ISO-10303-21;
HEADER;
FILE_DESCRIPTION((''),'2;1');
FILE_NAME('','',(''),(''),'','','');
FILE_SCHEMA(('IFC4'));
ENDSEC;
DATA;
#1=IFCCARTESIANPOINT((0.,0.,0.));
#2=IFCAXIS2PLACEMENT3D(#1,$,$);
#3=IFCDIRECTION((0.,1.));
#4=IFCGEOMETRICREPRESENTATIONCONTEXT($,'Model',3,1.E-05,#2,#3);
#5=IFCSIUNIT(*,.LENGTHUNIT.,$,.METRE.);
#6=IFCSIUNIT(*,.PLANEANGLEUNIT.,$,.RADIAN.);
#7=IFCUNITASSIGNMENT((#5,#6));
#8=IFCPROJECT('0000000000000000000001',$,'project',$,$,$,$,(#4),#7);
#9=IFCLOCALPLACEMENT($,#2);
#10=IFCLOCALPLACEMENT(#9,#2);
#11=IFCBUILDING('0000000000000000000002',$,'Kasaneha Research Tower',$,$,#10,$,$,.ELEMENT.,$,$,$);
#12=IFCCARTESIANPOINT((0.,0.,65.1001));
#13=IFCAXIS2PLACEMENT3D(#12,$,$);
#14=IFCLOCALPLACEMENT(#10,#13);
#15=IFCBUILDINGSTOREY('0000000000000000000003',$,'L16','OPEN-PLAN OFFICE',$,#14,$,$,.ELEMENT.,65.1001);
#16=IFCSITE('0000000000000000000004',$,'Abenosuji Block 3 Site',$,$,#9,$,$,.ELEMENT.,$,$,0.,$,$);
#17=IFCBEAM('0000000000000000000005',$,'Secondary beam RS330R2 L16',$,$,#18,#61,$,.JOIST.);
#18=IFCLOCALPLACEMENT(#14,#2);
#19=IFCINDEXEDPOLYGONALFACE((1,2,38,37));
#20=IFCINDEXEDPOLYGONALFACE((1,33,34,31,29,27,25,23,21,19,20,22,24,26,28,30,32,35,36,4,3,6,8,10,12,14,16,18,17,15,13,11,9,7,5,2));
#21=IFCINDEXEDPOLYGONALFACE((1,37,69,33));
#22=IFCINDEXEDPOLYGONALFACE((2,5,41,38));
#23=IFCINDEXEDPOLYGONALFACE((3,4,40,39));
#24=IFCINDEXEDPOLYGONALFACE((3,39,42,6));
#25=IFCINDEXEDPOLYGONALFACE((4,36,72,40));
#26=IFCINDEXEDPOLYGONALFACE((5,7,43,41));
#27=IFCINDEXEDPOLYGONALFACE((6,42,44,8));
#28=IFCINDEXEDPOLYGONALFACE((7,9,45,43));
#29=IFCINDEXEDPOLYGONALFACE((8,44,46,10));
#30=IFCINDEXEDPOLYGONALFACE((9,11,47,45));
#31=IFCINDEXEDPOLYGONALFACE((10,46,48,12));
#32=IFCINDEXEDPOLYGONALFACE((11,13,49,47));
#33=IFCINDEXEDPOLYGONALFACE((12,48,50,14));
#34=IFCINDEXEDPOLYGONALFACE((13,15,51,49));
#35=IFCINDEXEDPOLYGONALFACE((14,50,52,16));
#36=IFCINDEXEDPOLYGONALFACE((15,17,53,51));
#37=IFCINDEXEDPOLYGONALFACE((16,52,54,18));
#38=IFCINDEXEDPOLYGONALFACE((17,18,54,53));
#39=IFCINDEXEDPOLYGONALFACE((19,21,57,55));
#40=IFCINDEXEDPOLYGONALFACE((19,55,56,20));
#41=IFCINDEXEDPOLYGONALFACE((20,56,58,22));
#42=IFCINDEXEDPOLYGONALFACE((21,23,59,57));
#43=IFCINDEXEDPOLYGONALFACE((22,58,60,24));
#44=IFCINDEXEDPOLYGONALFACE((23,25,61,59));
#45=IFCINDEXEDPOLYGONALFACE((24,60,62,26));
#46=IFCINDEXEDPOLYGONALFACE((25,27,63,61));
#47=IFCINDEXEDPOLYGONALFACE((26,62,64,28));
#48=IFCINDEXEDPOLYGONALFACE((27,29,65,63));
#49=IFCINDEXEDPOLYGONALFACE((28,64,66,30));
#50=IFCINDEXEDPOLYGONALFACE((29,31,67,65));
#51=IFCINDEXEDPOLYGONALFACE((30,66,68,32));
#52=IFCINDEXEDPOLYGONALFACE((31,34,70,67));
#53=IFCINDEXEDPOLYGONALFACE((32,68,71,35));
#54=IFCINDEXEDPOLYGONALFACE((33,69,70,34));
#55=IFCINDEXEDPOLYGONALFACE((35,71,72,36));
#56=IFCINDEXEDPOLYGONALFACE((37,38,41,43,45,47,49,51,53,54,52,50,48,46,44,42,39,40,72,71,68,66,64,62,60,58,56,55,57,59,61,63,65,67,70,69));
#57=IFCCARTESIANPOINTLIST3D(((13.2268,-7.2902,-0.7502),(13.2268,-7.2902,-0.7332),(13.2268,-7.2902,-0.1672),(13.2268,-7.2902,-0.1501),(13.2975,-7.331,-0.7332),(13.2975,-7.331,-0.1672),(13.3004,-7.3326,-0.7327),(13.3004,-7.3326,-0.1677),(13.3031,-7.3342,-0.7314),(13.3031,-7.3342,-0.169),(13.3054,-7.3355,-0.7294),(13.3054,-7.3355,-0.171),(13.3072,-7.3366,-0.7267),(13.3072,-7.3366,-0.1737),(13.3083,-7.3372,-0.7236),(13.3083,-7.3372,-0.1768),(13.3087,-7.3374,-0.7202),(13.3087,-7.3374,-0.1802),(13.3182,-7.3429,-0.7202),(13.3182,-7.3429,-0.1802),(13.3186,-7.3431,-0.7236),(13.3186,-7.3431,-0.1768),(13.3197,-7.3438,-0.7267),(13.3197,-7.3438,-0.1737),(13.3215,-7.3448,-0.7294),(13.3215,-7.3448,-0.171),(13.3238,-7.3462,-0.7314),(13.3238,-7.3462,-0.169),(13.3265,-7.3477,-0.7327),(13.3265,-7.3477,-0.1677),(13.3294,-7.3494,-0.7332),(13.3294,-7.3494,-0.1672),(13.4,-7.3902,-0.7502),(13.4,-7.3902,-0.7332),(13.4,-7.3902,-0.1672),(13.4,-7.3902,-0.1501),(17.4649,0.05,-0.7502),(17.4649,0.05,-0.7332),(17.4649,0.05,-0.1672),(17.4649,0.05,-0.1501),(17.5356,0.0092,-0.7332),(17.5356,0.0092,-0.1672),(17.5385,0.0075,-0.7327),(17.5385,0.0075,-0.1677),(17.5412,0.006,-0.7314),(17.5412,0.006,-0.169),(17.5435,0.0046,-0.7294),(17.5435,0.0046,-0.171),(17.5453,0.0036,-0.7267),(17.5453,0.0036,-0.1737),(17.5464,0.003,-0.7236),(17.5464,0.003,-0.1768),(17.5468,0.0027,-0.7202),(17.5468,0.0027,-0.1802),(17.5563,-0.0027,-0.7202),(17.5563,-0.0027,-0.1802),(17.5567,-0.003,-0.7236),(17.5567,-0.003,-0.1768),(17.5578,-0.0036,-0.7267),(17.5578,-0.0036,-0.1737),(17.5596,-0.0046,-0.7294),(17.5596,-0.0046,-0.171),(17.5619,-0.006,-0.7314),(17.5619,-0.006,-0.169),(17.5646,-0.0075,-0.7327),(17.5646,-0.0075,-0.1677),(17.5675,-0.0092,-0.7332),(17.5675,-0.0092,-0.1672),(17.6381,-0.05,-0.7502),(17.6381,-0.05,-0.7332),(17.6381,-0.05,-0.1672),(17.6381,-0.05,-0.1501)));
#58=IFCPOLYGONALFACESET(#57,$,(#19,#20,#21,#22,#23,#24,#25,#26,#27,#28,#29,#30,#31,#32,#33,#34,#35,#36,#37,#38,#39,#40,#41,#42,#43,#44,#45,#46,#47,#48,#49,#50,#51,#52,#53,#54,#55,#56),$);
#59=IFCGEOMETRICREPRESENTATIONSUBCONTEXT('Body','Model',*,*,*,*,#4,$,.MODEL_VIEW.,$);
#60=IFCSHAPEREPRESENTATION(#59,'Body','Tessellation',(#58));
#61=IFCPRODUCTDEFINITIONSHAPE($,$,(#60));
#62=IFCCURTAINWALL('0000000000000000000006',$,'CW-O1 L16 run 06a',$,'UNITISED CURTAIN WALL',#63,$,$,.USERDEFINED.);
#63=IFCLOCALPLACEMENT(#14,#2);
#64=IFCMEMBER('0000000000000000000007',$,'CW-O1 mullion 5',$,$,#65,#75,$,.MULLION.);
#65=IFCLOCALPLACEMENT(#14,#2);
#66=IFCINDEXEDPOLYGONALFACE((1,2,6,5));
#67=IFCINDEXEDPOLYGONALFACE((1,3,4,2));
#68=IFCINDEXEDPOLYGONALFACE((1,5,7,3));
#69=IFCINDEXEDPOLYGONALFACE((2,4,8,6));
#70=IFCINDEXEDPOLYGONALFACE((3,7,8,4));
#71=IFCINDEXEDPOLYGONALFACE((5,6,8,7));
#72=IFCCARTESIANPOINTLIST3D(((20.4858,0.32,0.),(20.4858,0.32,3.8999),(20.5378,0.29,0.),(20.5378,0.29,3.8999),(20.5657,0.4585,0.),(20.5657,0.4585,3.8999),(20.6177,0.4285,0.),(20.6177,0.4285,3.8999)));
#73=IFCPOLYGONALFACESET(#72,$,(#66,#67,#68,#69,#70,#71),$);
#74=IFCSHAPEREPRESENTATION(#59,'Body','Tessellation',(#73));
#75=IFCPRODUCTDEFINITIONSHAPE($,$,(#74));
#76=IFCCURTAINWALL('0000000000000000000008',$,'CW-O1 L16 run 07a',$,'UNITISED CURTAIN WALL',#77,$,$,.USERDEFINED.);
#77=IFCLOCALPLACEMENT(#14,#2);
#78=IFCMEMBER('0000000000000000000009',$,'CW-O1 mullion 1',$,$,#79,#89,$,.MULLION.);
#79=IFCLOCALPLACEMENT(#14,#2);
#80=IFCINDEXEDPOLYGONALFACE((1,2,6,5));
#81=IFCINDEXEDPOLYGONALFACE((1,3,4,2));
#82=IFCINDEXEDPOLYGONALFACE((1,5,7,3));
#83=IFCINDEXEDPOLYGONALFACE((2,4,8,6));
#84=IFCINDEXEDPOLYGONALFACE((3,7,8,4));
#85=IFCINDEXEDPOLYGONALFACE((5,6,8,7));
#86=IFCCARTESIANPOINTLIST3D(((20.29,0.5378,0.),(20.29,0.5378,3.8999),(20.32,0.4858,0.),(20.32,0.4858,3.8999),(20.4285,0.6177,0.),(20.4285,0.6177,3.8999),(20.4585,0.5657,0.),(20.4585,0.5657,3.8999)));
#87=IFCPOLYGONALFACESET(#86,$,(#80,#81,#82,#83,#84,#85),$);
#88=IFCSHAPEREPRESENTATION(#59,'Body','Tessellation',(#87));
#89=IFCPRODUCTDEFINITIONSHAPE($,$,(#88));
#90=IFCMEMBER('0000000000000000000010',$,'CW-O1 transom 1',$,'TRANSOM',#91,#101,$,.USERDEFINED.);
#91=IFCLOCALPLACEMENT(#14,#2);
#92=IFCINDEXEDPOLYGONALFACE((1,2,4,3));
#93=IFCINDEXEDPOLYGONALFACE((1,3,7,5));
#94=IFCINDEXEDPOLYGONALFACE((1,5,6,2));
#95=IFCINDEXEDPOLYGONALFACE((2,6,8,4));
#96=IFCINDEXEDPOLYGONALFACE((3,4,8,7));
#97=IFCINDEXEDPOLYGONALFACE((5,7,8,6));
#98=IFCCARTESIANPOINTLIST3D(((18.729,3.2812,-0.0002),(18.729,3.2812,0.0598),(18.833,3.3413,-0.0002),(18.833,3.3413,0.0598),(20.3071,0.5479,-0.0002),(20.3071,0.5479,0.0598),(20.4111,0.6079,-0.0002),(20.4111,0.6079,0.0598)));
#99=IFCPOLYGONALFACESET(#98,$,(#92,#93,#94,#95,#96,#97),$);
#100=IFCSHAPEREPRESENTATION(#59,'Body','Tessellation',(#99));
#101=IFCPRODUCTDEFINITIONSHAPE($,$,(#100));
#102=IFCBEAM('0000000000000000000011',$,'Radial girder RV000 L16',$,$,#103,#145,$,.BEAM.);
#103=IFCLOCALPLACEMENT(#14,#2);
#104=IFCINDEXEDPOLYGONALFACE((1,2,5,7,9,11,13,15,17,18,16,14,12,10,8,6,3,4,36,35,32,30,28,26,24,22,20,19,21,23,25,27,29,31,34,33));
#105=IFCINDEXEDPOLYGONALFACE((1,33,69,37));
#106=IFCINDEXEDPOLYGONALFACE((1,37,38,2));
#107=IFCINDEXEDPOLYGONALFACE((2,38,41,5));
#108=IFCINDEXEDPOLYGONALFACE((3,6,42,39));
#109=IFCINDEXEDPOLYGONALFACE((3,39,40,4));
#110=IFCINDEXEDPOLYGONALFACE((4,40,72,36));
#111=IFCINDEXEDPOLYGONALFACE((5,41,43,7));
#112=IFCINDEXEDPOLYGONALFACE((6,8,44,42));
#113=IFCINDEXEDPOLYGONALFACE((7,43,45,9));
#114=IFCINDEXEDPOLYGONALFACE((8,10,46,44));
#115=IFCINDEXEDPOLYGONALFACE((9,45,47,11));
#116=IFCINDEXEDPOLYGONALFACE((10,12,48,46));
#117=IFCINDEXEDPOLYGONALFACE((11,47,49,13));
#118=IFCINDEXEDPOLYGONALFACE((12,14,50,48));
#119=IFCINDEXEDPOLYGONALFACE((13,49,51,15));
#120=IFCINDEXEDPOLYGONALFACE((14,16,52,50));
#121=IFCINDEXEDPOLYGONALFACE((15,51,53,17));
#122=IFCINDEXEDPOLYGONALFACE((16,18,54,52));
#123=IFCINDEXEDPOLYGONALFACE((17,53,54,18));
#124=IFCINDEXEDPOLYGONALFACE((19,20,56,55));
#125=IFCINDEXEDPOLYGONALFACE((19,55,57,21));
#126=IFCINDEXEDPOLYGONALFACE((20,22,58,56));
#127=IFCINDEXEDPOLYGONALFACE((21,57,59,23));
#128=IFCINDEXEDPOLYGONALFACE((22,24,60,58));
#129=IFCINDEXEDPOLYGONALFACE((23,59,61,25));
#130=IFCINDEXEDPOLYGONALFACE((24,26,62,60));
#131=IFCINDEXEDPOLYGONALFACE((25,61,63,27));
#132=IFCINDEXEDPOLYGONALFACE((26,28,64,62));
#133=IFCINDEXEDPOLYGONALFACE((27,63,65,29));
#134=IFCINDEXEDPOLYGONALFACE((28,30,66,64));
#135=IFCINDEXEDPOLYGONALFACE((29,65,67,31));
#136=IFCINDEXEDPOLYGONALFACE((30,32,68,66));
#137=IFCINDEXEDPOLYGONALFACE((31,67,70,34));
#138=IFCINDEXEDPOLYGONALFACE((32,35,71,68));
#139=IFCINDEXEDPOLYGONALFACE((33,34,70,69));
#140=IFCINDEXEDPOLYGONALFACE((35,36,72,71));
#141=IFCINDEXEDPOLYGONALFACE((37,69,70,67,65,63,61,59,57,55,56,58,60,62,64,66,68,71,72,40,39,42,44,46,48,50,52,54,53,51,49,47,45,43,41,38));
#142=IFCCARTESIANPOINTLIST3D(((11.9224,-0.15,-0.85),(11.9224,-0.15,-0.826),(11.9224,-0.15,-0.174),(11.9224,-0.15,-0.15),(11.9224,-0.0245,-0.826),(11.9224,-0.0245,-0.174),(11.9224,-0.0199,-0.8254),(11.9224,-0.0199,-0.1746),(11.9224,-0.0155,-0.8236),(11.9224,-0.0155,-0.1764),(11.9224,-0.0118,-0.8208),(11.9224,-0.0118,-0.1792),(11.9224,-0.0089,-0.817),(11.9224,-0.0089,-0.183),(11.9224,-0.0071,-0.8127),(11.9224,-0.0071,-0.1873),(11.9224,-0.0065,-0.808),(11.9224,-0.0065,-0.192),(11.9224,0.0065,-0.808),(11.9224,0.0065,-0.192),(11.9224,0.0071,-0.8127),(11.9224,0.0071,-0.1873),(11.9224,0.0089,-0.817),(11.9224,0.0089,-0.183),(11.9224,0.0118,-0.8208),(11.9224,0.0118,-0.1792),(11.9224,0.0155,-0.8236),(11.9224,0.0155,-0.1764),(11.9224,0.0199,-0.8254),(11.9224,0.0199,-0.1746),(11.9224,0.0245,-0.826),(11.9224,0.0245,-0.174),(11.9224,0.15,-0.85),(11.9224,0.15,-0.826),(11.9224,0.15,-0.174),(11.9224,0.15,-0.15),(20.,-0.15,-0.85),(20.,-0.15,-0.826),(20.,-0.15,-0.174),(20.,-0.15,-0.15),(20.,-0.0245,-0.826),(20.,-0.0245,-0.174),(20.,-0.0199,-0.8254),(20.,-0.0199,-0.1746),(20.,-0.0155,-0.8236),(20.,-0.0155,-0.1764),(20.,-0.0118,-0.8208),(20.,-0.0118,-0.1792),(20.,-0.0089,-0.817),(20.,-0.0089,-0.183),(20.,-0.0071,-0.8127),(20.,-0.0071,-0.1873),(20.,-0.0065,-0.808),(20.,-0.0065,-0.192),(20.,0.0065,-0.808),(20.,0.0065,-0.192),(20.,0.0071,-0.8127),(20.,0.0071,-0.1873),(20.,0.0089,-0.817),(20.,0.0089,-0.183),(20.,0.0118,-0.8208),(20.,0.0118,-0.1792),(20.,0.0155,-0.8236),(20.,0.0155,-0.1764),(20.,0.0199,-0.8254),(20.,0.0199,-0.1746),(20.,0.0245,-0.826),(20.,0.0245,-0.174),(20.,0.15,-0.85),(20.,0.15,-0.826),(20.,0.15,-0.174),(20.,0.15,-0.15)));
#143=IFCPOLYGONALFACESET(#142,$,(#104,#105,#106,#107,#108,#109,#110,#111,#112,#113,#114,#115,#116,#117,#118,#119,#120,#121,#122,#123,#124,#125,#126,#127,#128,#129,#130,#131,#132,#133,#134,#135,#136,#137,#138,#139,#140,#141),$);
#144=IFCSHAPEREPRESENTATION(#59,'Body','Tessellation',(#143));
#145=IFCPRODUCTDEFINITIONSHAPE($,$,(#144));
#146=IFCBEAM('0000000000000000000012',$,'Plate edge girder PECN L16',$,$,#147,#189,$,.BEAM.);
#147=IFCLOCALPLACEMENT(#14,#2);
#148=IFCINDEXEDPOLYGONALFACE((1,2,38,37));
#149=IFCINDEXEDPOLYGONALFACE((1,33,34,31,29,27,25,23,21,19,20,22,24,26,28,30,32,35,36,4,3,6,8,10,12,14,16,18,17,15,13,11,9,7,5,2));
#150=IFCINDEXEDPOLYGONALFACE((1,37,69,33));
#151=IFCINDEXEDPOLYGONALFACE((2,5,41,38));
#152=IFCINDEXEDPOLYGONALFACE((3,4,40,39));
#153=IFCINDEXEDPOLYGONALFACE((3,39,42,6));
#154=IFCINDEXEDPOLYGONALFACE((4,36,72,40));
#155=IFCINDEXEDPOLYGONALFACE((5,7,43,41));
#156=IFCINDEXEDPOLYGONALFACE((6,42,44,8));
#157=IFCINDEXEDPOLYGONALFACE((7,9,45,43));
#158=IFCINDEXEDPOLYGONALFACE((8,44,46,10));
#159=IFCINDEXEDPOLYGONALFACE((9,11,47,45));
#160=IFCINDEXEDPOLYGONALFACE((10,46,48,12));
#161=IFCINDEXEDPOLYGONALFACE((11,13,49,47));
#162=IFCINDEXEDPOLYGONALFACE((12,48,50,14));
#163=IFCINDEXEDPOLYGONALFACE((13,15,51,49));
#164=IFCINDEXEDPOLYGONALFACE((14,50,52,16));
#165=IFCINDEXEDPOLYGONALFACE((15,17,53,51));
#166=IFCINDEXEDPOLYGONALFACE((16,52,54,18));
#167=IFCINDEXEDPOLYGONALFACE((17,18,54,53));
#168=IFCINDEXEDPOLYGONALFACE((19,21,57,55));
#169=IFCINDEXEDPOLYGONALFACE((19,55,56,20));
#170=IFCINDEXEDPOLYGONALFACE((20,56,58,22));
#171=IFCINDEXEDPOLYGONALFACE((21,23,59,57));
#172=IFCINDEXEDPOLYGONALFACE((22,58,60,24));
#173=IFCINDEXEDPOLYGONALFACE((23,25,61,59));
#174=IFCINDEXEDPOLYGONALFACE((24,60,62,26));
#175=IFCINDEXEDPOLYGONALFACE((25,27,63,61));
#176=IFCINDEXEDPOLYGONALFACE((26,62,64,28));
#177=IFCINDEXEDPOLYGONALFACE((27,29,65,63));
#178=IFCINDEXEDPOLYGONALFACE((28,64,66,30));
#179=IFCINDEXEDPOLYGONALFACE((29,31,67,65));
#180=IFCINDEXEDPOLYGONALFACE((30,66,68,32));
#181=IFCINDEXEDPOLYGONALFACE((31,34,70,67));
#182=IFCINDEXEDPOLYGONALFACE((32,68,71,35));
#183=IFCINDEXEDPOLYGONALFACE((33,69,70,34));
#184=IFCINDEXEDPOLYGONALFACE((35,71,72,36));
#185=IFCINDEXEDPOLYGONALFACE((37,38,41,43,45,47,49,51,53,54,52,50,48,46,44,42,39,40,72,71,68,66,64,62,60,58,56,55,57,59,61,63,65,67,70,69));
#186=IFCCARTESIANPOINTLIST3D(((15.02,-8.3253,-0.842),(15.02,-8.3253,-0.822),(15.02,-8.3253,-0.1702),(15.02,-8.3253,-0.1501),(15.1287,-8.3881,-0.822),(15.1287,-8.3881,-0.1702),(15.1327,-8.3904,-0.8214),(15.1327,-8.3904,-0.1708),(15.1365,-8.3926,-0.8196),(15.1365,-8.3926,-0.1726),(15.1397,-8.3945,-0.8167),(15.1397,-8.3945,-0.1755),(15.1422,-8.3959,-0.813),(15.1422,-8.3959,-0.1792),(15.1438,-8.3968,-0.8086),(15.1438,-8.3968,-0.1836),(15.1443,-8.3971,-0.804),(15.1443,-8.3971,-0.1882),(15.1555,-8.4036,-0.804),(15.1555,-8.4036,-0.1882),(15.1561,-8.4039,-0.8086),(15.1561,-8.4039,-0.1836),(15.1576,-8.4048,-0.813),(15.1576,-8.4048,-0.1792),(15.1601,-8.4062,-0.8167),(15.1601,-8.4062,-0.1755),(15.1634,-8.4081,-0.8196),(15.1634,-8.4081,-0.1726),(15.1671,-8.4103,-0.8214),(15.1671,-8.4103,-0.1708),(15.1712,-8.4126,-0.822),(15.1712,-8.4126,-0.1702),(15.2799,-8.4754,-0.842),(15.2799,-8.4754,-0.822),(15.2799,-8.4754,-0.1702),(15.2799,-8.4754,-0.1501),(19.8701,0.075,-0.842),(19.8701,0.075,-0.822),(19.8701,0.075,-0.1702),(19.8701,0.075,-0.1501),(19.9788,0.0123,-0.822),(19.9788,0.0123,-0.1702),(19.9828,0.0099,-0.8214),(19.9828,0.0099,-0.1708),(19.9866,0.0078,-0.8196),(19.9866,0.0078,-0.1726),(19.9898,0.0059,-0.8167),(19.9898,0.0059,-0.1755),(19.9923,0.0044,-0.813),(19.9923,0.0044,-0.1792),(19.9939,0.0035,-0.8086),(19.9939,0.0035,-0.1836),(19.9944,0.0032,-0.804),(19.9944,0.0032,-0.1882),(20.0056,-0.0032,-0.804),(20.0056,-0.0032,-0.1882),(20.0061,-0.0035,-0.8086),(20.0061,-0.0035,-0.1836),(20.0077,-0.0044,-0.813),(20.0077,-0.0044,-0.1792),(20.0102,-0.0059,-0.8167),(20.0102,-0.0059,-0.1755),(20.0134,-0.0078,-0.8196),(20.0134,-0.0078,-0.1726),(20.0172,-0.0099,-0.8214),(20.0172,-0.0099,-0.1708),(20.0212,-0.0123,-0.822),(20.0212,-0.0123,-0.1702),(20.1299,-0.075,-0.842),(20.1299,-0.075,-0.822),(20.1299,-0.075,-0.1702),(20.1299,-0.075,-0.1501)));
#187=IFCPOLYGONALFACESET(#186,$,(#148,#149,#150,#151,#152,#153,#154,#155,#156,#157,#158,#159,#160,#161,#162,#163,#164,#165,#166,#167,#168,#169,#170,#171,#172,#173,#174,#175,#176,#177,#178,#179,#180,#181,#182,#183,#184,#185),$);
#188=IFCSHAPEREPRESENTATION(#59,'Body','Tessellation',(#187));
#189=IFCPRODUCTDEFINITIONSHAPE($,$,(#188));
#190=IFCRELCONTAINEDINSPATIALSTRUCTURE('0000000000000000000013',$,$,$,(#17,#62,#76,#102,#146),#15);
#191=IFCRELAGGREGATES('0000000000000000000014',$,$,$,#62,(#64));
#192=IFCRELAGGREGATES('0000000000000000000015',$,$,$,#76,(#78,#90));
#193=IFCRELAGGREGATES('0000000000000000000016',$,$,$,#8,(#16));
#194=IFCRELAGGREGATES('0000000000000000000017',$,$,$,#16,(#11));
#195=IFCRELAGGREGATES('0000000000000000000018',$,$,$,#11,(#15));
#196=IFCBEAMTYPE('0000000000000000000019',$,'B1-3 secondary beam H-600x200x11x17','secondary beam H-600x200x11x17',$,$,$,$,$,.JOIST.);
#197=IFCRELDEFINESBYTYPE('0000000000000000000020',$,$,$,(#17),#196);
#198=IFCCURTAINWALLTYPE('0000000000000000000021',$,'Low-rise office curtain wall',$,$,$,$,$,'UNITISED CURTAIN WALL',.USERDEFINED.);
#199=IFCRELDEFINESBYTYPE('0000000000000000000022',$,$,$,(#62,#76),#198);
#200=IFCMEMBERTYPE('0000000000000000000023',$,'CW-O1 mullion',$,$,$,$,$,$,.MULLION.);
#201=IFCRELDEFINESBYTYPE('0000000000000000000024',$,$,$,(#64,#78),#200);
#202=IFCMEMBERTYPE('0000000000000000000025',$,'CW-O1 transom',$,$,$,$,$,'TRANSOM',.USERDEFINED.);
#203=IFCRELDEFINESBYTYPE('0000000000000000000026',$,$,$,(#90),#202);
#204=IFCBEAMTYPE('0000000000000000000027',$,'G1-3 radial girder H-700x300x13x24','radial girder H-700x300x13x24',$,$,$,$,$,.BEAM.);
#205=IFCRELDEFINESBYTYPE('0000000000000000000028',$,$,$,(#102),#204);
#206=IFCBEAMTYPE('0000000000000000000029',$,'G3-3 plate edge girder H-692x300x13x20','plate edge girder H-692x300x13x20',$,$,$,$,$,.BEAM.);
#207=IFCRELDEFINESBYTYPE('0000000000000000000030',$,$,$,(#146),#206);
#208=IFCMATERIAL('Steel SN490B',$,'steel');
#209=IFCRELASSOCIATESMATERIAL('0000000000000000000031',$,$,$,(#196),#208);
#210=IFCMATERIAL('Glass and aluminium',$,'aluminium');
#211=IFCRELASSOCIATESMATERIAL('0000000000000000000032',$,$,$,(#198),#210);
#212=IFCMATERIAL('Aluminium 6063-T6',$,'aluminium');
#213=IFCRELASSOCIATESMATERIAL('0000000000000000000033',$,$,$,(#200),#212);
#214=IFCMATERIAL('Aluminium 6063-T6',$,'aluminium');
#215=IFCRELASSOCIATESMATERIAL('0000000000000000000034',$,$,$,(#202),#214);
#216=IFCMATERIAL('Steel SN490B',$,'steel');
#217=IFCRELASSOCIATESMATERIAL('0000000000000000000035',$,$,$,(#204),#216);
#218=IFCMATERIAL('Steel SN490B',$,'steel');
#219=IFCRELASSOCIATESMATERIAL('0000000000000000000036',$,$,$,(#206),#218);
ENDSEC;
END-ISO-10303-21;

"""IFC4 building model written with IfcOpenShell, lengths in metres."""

from ifc_helpers import new_model, si_unit, direction, frame, origin, origin_2d, place, context, subcontext, project, spatial, rectangle, i_section, extrude, material, material_profile, profile_set, type_object, element, aggregate, save


model = new_model("IFC4")

# Units and contexts
model_context = context("Model", 3, precision=1e-05, world=origin(), true_north=direction((0.0, 1.0)))
body_context = subcontext(model_context, "Body", "Model", "MODEL_VIEW")
ifc_project = project(units=[si_unit("LENGTHUNIT", "METRE"), si_unit("PLANEANGLEUNIT", "RADIAN")], contexts=[model_context])

# Site, building, storey
site_placement = place(None, origin())
site = spatial("IfcSite", under=ifc_project, at=site_placement, Name="Abenosuji Block 3 Site", CompositionType="ELEMENT", RefElevation=0.0)
building_placement = place(site_placement, origin())
building = spatial("IfcBuilding", under=site, at=building_placement, Name="Kasaneha Research Tower", CompositionType="ELEMENT")
storey_placement = place(building_placement, frame((0.0, 0.0, 65.1001)))
storey = spatial("IfcBuildingStorey", under=building, at=storey_placement, Name="L16", Description="OPEN-PLAN OFFICE", CompositionType="ELEMENT", Elevation=65.1001)

# Beam
ifc_material_1 = material(Name="Steel SN490B", Category="steel")
ifc_material_profile_1 = material_profile(ifc_material_1, i_section(OverallWidth=0.2, OverallDepth=0.6001, WebThickness=0.011, FlangeThickness=0.0171, FilletRadius=0.0129, at=origin_2d()), Name="H-600x200x11x17")
ifc_profile_set_1 = profile_set([ifc_material_profile_1], Name="Steel SN490B")
beam_type_1 = type_object("IfcBeamType", Name="B1-3 secondary beam H-600x200x11x17", Description="secondary beam H-600x200x11x17", PredefinedType="JOIST", material=ifc_profile_set_1)
beam_1_placement = place(storey_placement, frame((17.5515, 0.0, -0.4502), z_axis=(-0.500021, -0.866013, 0.0), x_axis=(0.866013, -0.500021, 0.0)))
element("IfcBeam", 1, at=beam_1_placement, inside=storey, type_object=beam_type_1, Name="Secondary beam RS330R2 L16", PredefinedType="JOIST", context=body_context, shape_type="SweptSolid", body=[
    extrude(i_section(OverallWidth=0.2, OverallDepth=0.6001, WebThickness=0.011, FlangeThickness=0.0171, FilletRadius=0.0129, at=origin_2d()), origin(), (0.0, 0.0, 1.0), 8.4758),
])

# Curtain wall, member
ifc_material_2 = material(Name="Glass and aluminium", Category="aluminium")
curtain_wall_type = type_object("IfcCurtainWallType", Name="Low-rise office curtain wall", ElementType="UNITISED CURTAIN WALL", PredefinedType="USERDEFINED", material=ifc_material_2)
curtain_wall_1_placement = place(storey_placement, origin())
curtain_wall_1 = element("IfcCurtainWall", 2, at=curtain_wall_1_placement, inside=storey, type_object=curtain_wall_type, Name="CW-O1 L16 run 06a", ObjectType="UNITISED CURTAIN WALL", PredefinedType="USERDEFINED")
ifc_material_3 = material(Name="Aluminium 6063-T6", Category="aluminium")
ifc_material_profile_2 = material_profile(ifc_material_3, rectangle(XDim=0.0601, YDim=0.1599, at=origin_2d()), Name="CW-O1 mullion 60x160")
ifc_profile_set_2 = profile_set([ifc_material_profile_2], Name="Aluminium 6063-T6")
member_type_1 = type_object("IfcMemberType", Name="CW-O1 mullion", PredefinedType="MULLION", material=ifc_profile_set_2)
member_1_placement = place(storey_placement, frame((20.5518, 0.3743, 0.0), z_axis=(0.0, 0.0, 1.0), x_axis=(-0.866025, 0.5, 0.0)))
member_1 = element("IfcMember", 3, at=member_1_placement, type_object=member_type_1, Name="CW-O1 mullion 5", PredefinedType="MULLION", context=body_context, shape_type="SweptSolid", body=[
    extrude(rectangle(XDim=0.0601, YDim=0.1599, at=origin_2d()), origin(), (0.0, 0.0, 1.0), 3.8999),
])
aggregate(curtain_wall_1, [member_1])

# Curtain wall, members
curtain_wall_2_placement = place(storey_placement, origin())
curtain_wall_2 = element("IfcCurtainWall", 4, at=curtain_wall_2_placement, inside=storey, type_object=curtain_wall_type, Name="CW-O1 L16 run 07a", ObjectType="UNITISED CURTAIN WALL", PredefinedType="USERDEFINED")
member_2_placement = place(storey_placement, frame((20.3743, 0.5518, 0.0), z_axis=(0.0, 0.0, 1.0), x_axis=(-0.5, 0.866025, 0.0)))
member_2 = element("IfcMember", 5, at=member_2_placement, type_object=member_type_1, Name="CW-O1 mullion 1", PredefinedType="MULLION", context=body_context, shape_type="SweptSolid", body=[
    extrude(rectangle(XDim=0.0601, YDim=0.1599, at=origin_2d()), origin(), (0.0, 0.0, 1.0), 3.8999),
])
ifc_material_4 = material(Name="Aluminium 6063-T6", Category="aluminium")
ifc_material_profile_3 = material_profile(ifc_material_4, rectangle(XDim=0.1201, YDim=0.0601, at=origin_2d()), Name="CW-O1 transom 120x60")
ifc_profile_set_3 = profile_set([ifc_material_profile_3], Name="Aluminium 6063-T6")
member_type_2 = type_object("IfcMemberType", Name="CW-O1 transom", ElementType="TRANSOM", PredefinedType="USERDEFINED", material=ifc_profile_set_3)
member_3_placement = place(storey_placement, frame((20.3591, 0.5779, 0.0298), z_axis=(-0.499999, 0.866026, 0.0), x_axis=(-0.866026, -0.499999, 0.0)))
member_3 = element("IfcMember", 6, at=member_3_placement, type_object=member_type_2, Name="CW-O1 transom 1", ObjectType="TRANSOM", PredefinedType="USERDEFINED", context=body_context, shape_type="SweptSolid", body=[
    extrude(rectangle(XDim=0.1201, YDim=0.0601, at=origin_2d()), origin(), (0.0, 0.0, 1.0), 3.1562),
])

# Beams
ifc_material_5 = material(Name="Steel SN490B", Category="steel")
ifc_material_profile_4 = material_profile(ifc_material_5, i_section(OverallWidth=0.3, OverallDepth=0.7, WebThickness=0.0129, FlangeThickness=0.0239, FilletRadius=0.0181, at=origin_2d()), Name="H-700x300x13x24")
ifc_profile_set_4 = profile_set([ifc_material_profile_4], Name="Steel SN490B")
beam_type_2 = type_object("IfcBeamType", Name="G1-3 radial girder H-700x300x13x24", Description="radial girder H-700x300x13x24", PredefinedType="BEAM", material=ifc_profile_set_4)
beam_2_placement = place(storey_placement, frame((11.9224, 0.0, -0.5), z_axis=(1.0, 0.0, 0.0), x_axis=(0.0, 1.0, 0.0)))
element("IfcBeam", 7, at=beam_2_placement, inside=storey, type_object=beam_type_2, Name="Radial girder RV000 L16", PredefinedType="BEAM", context=body_context, shape_type="SweptSolid", body=[
    extrude(i_section(OverallWidth=0.3, OverallDepth=0.7, WebThickness=0.0129, FlangeThickness=0.0239, FilletRadius=0.0181, at=origin_2d()), origin(), (0.0, 0.0, 1.0), 8.0776),
])
ifc_material_6 = material(Name="Steel SN490B", Category="steel")
ifc_material_profile_5 = material_profile(ifc_material_6, i_section(OverallWidth=0.3, OverallDepth=0.6919, WebThickness=0.0129, FlangeThickness=0.02, FilletRadius=0.0181, at=origin_2d()), Name="H-692x300x13x20")
ifc_profile_set_5 = profile_set([ifc_material_profile_5], Name="Steel SN490B")
beam_type_3 = type_object("IfcBeamType", Name="G3-3 plate edge girder H-692x300x13x20", Description="plate edge girder H-692x300x13x20", PredefinedType="BEAM", material=ifc_profile_set_5)
beam_3_placement = place(storey_placement, frame((20.0, 0.0, -0.4961), z_axis=(-0.50001, -0.86602, 0.0), x_axis=(0.86602, -0.50001, 0.0)))
element("IfcBeam", 8, at=beam_3_placement, inside=storey, type_object=beam_type_3, Name="Plate edge girder PECN L16", PredefinedType="BEAM", context=body_context, shape_type="SweptSolid", body=[
    extrude(i_section(OverallWidth=0.3, OverallDepth=0.6919, WebThickness=0.0129, FlangeThickness=0.02, FilletRadius=0.0181, at=origin_2d()), origin(), (0.0, 0.0, 1.0), 9.7),
])

aggregate(curtain_wall_2, [member_2, member_3])

save(model, "model.ifc")
